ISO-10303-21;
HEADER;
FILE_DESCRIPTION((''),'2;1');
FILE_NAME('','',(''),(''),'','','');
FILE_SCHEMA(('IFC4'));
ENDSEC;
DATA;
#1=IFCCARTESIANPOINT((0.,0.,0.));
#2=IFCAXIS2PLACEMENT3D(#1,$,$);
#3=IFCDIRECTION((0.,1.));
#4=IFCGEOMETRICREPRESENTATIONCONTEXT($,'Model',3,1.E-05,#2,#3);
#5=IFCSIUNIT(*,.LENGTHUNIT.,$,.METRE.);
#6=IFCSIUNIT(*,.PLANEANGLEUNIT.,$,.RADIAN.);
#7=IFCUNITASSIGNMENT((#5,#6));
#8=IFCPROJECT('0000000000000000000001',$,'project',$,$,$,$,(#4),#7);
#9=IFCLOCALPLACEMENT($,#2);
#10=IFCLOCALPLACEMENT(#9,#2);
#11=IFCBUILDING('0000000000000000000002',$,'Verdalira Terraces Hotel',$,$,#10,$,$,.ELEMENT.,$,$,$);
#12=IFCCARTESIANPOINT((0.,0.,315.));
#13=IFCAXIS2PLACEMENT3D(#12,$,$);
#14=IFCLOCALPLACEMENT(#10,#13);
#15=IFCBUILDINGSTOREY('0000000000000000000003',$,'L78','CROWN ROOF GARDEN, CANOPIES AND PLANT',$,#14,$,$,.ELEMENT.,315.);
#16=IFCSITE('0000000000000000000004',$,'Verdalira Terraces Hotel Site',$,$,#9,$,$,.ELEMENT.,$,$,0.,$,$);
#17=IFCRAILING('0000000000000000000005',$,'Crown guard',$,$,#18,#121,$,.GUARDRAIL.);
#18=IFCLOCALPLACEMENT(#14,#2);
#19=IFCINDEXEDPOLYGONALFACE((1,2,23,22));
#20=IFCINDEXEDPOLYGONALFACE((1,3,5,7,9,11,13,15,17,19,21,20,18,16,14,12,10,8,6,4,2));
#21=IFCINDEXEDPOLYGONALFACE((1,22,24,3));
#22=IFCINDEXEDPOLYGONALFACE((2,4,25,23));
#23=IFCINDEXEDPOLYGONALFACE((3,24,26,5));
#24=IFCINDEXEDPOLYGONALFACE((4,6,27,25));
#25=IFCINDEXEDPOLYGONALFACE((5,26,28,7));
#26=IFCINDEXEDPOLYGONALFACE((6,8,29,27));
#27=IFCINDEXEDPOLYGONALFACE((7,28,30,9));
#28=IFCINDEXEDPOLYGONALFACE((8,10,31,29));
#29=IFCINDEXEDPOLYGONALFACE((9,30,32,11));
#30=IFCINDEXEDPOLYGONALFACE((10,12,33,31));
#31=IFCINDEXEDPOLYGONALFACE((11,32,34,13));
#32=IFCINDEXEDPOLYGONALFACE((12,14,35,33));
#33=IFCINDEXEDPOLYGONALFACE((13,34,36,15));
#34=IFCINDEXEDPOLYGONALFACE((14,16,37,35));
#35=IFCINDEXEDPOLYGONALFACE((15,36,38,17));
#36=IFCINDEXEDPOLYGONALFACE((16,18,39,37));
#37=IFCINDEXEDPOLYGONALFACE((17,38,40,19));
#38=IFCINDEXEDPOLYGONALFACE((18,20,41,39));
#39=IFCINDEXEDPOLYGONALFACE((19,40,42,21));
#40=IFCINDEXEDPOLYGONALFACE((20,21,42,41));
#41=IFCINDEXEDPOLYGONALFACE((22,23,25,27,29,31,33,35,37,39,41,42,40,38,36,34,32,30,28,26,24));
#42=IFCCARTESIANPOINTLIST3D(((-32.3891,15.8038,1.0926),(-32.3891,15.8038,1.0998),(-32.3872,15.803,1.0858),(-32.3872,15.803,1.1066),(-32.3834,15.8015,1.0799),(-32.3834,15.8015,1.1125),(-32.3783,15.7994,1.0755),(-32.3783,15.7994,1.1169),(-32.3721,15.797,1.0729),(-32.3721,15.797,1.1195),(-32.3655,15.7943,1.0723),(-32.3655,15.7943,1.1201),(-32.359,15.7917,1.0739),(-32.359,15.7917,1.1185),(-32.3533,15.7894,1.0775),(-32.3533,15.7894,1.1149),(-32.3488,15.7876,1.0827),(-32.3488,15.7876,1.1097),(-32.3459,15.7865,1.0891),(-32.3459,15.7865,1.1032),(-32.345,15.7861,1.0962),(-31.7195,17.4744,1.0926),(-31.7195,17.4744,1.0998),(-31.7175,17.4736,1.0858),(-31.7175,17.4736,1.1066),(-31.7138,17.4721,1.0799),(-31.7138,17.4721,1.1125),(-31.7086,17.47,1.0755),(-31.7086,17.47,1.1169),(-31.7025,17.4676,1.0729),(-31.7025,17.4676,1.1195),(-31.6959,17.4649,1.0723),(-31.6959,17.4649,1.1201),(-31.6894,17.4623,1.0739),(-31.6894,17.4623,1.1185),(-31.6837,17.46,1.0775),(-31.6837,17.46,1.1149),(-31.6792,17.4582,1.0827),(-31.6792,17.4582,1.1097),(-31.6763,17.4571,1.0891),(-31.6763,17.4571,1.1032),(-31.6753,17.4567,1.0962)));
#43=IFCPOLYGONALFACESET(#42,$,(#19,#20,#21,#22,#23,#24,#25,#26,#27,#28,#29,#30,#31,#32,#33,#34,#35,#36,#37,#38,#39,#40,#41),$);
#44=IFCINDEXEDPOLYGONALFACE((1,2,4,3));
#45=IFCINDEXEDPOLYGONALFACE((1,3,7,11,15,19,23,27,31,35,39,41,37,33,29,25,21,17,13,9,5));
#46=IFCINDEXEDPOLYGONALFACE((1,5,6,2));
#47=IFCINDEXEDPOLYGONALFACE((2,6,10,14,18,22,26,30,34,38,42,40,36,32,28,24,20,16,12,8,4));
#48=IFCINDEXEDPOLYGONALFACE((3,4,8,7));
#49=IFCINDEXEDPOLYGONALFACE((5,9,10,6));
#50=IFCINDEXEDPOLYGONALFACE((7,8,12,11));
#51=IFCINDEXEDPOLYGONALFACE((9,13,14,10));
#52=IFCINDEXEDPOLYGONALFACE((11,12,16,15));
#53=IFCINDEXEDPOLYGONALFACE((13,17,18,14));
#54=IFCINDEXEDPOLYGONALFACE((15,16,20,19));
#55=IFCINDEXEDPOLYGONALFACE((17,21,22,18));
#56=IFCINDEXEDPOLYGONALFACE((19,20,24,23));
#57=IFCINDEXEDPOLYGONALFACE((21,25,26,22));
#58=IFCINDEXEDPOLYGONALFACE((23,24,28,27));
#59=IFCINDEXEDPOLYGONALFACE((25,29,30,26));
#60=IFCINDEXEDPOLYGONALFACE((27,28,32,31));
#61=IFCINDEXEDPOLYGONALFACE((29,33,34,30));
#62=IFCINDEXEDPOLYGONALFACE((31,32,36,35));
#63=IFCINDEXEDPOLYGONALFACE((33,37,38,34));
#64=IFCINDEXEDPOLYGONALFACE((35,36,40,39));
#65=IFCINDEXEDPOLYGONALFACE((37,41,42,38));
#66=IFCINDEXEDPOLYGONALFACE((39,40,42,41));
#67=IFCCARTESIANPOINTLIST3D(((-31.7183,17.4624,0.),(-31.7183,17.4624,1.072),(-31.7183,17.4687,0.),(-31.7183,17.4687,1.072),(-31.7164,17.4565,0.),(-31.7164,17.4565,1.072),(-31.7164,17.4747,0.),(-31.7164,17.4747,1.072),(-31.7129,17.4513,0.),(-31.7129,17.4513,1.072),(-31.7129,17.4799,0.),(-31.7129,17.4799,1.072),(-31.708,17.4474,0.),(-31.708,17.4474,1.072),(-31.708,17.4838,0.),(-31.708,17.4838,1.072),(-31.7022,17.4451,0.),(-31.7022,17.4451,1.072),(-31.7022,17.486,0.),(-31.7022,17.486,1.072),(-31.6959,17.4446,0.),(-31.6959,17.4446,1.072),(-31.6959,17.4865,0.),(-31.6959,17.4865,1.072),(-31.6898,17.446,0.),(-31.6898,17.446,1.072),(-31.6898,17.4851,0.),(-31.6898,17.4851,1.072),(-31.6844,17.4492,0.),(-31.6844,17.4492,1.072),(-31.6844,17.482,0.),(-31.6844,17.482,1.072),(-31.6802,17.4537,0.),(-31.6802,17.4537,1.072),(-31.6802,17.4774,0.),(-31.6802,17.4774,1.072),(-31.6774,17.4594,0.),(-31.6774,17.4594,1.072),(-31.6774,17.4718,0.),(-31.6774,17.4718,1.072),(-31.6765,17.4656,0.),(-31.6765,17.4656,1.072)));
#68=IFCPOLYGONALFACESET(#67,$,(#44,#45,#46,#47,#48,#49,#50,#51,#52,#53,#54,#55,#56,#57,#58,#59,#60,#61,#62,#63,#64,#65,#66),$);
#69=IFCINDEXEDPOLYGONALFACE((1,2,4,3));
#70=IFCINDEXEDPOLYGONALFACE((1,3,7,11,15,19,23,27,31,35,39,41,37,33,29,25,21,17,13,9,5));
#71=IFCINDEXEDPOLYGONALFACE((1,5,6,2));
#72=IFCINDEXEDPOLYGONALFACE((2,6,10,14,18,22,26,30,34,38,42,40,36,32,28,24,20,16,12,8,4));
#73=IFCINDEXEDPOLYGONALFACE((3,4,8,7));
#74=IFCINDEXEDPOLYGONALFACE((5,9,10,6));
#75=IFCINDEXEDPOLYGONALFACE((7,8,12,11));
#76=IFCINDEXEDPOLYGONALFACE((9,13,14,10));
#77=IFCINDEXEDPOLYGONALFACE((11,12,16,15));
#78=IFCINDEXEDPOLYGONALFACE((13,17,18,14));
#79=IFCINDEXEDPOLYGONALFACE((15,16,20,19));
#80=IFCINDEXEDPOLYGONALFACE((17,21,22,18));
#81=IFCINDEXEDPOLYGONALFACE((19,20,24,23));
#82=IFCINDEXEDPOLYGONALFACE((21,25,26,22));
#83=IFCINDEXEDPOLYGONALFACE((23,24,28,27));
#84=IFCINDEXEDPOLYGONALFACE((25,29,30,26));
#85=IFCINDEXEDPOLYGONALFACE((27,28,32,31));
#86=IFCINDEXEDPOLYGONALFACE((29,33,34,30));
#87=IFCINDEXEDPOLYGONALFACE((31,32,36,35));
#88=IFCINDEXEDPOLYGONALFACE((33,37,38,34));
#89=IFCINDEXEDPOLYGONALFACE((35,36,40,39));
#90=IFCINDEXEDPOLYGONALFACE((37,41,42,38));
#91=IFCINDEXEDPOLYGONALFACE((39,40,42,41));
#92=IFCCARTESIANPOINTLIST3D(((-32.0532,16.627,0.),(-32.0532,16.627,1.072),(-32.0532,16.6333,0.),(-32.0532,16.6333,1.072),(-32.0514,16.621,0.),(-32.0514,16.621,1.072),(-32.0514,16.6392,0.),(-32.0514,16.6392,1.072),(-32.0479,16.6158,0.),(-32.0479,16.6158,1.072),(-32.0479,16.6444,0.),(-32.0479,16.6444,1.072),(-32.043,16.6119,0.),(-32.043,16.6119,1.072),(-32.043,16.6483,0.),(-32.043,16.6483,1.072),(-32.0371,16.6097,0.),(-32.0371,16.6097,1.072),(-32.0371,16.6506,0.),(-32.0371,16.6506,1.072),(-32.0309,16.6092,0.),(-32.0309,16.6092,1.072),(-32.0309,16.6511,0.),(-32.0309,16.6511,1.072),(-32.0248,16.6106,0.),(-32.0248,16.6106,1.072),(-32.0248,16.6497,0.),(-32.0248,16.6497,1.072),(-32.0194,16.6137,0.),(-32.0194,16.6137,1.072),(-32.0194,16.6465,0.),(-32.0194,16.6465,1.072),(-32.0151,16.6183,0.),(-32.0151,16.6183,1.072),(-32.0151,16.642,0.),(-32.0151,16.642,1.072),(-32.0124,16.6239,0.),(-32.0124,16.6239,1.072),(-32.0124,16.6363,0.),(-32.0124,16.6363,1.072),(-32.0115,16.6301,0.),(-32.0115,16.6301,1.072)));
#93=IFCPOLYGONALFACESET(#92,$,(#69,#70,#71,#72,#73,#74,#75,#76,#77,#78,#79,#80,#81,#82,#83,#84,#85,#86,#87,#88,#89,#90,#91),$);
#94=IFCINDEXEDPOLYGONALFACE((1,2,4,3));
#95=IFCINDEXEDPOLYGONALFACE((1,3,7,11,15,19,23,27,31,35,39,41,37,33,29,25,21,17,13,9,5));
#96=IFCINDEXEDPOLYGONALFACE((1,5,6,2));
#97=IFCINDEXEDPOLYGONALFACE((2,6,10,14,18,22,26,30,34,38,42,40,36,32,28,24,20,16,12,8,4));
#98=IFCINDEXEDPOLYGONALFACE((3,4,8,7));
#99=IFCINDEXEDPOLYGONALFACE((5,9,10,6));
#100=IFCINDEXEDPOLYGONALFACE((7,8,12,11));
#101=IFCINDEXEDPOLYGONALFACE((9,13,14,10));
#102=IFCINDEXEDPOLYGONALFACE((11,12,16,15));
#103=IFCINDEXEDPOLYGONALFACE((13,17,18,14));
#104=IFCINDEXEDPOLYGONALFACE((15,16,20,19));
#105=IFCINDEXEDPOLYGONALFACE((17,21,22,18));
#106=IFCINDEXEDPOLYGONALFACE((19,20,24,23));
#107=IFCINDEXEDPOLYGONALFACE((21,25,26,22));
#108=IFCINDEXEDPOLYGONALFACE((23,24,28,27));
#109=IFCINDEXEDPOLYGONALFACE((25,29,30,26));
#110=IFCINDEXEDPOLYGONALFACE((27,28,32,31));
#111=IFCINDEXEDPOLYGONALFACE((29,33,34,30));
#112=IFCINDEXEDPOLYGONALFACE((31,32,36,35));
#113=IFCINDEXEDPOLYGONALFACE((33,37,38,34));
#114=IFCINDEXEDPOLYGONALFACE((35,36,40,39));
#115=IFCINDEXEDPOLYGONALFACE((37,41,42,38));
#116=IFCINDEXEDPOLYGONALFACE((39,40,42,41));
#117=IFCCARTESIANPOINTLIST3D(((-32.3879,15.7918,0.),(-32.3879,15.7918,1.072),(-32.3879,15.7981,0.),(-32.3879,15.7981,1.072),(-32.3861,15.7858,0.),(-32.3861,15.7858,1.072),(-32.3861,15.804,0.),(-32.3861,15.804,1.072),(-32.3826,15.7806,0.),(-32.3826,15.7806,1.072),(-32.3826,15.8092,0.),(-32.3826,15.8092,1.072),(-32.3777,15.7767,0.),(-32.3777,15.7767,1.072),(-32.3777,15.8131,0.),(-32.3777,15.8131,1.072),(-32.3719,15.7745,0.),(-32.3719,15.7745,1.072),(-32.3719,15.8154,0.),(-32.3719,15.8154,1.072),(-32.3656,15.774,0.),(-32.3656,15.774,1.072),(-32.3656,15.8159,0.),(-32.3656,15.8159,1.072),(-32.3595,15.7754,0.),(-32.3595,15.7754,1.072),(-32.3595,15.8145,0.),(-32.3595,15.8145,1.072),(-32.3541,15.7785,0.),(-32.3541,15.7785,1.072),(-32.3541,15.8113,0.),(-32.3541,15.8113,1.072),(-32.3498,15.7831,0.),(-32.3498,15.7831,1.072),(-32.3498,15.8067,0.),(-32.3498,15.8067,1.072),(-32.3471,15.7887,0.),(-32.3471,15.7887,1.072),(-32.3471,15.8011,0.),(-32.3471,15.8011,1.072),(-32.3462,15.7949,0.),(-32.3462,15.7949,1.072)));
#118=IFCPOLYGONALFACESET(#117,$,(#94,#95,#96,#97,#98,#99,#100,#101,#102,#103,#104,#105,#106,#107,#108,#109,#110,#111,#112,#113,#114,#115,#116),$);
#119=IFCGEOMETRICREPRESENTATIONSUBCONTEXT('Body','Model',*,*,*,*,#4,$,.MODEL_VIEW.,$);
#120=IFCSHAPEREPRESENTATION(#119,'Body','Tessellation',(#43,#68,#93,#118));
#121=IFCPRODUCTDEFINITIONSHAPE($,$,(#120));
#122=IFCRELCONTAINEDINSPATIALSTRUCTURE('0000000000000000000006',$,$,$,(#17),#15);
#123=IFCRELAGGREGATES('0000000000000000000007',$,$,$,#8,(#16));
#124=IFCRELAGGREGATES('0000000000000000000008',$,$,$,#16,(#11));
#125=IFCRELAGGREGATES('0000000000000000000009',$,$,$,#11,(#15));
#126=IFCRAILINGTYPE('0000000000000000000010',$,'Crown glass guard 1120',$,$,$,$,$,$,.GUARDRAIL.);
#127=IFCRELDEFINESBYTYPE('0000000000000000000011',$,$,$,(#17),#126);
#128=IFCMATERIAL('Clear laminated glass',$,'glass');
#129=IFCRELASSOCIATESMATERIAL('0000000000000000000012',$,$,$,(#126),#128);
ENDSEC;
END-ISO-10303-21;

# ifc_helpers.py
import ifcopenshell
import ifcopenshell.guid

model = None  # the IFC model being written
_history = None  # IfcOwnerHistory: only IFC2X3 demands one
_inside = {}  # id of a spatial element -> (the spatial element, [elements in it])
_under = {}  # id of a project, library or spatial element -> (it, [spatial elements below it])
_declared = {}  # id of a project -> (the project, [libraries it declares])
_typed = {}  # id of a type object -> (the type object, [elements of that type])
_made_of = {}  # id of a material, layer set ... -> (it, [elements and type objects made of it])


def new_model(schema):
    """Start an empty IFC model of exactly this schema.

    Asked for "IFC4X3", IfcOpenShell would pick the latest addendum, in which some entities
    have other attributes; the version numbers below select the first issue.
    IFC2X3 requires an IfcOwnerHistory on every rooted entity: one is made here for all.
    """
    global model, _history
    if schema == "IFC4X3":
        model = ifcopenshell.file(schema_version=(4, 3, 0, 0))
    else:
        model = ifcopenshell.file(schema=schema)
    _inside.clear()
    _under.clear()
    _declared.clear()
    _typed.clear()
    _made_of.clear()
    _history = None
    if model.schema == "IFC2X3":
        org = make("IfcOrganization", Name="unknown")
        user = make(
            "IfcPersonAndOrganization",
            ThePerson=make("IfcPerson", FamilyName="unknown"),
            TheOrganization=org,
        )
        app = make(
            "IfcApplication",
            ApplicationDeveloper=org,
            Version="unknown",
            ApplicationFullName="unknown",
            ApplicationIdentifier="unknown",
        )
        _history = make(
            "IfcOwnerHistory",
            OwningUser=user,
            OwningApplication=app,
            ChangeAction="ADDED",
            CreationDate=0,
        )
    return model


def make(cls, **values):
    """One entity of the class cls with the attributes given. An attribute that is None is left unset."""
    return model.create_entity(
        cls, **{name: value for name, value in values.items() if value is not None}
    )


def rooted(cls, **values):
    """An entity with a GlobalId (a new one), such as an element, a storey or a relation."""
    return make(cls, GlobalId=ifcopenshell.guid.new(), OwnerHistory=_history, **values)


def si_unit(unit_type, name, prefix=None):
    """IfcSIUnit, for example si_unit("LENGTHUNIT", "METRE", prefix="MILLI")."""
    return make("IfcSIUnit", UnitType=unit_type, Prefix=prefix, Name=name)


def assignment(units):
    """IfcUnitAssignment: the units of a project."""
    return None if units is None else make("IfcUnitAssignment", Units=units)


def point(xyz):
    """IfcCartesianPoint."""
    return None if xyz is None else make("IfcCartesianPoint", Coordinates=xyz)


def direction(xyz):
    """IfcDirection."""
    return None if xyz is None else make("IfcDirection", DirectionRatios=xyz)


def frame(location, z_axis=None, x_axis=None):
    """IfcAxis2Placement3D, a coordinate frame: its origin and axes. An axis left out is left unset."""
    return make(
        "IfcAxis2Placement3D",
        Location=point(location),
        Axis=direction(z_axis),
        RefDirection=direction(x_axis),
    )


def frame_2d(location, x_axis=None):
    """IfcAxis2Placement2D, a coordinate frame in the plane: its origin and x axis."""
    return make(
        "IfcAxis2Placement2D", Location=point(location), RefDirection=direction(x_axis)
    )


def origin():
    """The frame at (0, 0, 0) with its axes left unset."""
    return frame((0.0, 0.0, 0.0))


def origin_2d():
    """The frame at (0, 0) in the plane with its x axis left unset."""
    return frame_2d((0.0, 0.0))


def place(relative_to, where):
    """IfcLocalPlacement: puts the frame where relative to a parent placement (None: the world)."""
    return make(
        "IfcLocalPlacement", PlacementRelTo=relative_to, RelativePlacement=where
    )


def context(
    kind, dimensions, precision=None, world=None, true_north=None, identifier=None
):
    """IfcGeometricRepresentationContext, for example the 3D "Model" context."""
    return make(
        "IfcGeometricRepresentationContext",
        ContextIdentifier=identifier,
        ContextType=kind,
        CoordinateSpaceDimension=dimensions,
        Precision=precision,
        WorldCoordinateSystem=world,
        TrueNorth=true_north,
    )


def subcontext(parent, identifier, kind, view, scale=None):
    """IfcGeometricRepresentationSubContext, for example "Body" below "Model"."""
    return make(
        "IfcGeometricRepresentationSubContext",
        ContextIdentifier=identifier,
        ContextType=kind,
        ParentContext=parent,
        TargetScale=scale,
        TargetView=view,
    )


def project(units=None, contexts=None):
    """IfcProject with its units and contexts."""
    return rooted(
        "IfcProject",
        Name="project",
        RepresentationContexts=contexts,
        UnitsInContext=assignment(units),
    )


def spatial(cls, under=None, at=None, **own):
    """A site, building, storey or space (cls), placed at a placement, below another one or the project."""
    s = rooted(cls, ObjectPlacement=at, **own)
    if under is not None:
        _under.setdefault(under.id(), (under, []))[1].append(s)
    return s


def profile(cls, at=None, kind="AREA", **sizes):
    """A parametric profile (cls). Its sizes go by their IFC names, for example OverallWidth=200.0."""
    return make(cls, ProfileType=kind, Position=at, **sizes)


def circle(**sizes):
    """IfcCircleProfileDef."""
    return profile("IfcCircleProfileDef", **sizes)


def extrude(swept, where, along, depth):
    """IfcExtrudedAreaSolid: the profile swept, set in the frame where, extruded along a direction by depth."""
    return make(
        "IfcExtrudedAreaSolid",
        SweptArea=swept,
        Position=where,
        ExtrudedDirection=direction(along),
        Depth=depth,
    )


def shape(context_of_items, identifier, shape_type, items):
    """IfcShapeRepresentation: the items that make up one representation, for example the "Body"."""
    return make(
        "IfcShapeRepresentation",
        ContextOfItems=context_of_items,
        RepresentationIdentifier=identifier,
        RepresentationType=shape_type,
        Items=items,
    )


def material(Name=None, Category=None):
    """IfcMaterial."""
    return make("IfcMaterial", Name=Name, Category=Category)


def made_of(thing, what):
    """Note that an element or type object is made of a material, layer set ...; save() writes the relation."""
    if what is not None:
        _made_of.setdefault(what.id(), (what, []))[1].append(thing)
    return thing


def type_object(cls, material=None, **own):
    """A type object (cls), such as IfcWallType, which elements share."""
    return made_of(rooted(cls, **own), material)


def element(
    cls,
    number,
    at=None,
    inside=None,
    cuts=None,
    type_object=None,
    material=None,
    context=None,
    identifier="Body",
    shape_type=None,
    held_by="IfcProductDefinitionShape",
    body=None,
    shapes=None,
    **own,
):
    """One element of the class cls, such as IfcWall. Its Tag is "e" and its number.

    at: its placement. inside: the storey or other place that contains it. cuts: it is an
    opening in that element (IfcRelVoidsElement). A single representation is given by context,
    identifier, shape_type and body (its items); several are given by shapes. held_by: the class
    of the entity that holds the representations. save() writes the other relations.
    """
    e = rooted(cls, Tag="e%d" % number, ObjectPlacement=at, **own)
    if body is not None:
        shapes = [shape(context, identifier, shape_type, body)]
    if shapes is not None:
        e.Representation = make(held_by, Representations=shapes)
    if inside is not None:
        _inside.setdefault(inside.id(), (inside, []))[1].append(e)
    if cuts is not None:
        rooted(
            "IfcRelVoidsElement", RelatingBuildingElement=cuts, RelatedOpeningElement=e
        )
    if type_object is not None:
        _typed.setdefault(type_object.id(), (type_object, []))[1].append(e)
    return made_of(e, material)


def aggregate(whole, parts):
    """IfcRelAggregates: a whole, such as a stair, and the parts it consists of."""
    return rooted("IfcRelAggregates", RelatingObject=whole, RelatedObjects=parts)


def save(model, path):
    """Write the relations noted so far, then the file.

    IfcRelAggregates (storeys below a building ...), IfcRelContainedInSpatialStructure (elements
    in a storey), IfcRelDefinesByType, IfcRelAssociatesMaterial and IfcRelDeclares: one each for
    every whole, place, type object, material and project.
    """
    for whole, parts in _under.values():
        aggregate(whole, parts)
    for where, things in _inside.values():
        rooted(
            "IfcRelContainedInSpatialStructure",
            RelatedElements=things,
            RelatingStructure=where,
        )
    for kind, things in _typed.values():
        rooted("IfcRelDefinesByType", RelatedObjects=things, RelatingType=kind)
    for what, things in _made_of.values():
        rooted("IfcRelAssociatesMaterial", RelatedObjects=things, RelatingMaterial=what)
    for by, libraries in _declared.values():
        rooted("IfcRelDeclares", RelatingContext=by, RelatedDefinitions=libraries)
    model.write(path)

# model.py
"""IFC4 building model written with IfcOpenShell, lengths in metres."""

from ifc_helpers import new_model, si_unit, direction, frame, origin, origin_2d, place, context, subcontext, project, spatial, circle, extrude, material, type_object, element, save


model = new_model("IFC4")

# Units and contexts
model_context = context("Model", 3, precision=1e-05, world=origin(), true_north=direction((0.0, 1.0)))
body_context = subcontext(model_context, "Body", "Model", "MODEL_VIEW")
ifc_project = project(units=[si_unit("LENGTHUNIT", "METRE"), si_unit("PLANEANGLEUNIT", "RADIAN")], contexts=[model_context])

# Site, building, storey
site_placement = place(None, origin())
site = spatial("IfcSite", under=ifc_project, at=site_placement, Name="Verdalira Terraces Hotel Site", CompositionType="ELEMENT", RefElevation=0.0)
building_placement = place(site_placement, origin())
building = spatial("IfcBuilding", under=site, at=building_placement, Name="Verdalira Terraces Hotel", CompositionType="ELEMENT")
storey_placement = place(building_placement, frame((0.0, 0.0, 315.0)))
storey = spatial("IfcBuildingStorey", under=building, at=storey_placement, Name="L78", Description="CROWN ROOF GARDEN, CANOPIES AND PLANT", CompositionType="ELEMENT", Elevation=315.0)

# Railing
ifc_material_1 = material(Name="Clear laminated glass", Category="glass")
railing_type = type_object("IfcRailingType", Name="Crown glass guard 1120", PredefinedType="GUARDRAIL", material=ifc_material_1)
railing_1_placement = place(storey_placement, frame((-31.6975, 17.4656, 0.0)))
element("IfcRailing", 1, at=railing_1_placement, inside=storey, type_object=railing_type, Name="Crown guard", PredefinedType="GUARDRAIL", context=body_context, shape_type="SweptSolid", body=[
    extrude(circle(Radius=0.0239, at=origin_2d()), frame((0.0, 0.0, 1.0962), z_axis=(-0.372069, -0.928205, 0.0), x_axis=(0.928205, -0.372069, 0.0)), (0.0, 0.0, 1.0), 1.7998),
    extrude(circle(Radius=0.021, at=origin_2d()), origin(), (0.0, 0.0, 1.0), 1.072),
    extrude(circle(Radius=0.021, at=origin_2d()), frame((-0.335, -0.8354, 0.0)), (0.0, 0.0, 1.0), 1.072),
    extrude(circle(Radius=0.021, at=origin_2d()), frame((-0.6697, -1.6707, 0.0)), (0.0, 0.0, 1.0), 1.072),
])

save(model, "model.ifc")
